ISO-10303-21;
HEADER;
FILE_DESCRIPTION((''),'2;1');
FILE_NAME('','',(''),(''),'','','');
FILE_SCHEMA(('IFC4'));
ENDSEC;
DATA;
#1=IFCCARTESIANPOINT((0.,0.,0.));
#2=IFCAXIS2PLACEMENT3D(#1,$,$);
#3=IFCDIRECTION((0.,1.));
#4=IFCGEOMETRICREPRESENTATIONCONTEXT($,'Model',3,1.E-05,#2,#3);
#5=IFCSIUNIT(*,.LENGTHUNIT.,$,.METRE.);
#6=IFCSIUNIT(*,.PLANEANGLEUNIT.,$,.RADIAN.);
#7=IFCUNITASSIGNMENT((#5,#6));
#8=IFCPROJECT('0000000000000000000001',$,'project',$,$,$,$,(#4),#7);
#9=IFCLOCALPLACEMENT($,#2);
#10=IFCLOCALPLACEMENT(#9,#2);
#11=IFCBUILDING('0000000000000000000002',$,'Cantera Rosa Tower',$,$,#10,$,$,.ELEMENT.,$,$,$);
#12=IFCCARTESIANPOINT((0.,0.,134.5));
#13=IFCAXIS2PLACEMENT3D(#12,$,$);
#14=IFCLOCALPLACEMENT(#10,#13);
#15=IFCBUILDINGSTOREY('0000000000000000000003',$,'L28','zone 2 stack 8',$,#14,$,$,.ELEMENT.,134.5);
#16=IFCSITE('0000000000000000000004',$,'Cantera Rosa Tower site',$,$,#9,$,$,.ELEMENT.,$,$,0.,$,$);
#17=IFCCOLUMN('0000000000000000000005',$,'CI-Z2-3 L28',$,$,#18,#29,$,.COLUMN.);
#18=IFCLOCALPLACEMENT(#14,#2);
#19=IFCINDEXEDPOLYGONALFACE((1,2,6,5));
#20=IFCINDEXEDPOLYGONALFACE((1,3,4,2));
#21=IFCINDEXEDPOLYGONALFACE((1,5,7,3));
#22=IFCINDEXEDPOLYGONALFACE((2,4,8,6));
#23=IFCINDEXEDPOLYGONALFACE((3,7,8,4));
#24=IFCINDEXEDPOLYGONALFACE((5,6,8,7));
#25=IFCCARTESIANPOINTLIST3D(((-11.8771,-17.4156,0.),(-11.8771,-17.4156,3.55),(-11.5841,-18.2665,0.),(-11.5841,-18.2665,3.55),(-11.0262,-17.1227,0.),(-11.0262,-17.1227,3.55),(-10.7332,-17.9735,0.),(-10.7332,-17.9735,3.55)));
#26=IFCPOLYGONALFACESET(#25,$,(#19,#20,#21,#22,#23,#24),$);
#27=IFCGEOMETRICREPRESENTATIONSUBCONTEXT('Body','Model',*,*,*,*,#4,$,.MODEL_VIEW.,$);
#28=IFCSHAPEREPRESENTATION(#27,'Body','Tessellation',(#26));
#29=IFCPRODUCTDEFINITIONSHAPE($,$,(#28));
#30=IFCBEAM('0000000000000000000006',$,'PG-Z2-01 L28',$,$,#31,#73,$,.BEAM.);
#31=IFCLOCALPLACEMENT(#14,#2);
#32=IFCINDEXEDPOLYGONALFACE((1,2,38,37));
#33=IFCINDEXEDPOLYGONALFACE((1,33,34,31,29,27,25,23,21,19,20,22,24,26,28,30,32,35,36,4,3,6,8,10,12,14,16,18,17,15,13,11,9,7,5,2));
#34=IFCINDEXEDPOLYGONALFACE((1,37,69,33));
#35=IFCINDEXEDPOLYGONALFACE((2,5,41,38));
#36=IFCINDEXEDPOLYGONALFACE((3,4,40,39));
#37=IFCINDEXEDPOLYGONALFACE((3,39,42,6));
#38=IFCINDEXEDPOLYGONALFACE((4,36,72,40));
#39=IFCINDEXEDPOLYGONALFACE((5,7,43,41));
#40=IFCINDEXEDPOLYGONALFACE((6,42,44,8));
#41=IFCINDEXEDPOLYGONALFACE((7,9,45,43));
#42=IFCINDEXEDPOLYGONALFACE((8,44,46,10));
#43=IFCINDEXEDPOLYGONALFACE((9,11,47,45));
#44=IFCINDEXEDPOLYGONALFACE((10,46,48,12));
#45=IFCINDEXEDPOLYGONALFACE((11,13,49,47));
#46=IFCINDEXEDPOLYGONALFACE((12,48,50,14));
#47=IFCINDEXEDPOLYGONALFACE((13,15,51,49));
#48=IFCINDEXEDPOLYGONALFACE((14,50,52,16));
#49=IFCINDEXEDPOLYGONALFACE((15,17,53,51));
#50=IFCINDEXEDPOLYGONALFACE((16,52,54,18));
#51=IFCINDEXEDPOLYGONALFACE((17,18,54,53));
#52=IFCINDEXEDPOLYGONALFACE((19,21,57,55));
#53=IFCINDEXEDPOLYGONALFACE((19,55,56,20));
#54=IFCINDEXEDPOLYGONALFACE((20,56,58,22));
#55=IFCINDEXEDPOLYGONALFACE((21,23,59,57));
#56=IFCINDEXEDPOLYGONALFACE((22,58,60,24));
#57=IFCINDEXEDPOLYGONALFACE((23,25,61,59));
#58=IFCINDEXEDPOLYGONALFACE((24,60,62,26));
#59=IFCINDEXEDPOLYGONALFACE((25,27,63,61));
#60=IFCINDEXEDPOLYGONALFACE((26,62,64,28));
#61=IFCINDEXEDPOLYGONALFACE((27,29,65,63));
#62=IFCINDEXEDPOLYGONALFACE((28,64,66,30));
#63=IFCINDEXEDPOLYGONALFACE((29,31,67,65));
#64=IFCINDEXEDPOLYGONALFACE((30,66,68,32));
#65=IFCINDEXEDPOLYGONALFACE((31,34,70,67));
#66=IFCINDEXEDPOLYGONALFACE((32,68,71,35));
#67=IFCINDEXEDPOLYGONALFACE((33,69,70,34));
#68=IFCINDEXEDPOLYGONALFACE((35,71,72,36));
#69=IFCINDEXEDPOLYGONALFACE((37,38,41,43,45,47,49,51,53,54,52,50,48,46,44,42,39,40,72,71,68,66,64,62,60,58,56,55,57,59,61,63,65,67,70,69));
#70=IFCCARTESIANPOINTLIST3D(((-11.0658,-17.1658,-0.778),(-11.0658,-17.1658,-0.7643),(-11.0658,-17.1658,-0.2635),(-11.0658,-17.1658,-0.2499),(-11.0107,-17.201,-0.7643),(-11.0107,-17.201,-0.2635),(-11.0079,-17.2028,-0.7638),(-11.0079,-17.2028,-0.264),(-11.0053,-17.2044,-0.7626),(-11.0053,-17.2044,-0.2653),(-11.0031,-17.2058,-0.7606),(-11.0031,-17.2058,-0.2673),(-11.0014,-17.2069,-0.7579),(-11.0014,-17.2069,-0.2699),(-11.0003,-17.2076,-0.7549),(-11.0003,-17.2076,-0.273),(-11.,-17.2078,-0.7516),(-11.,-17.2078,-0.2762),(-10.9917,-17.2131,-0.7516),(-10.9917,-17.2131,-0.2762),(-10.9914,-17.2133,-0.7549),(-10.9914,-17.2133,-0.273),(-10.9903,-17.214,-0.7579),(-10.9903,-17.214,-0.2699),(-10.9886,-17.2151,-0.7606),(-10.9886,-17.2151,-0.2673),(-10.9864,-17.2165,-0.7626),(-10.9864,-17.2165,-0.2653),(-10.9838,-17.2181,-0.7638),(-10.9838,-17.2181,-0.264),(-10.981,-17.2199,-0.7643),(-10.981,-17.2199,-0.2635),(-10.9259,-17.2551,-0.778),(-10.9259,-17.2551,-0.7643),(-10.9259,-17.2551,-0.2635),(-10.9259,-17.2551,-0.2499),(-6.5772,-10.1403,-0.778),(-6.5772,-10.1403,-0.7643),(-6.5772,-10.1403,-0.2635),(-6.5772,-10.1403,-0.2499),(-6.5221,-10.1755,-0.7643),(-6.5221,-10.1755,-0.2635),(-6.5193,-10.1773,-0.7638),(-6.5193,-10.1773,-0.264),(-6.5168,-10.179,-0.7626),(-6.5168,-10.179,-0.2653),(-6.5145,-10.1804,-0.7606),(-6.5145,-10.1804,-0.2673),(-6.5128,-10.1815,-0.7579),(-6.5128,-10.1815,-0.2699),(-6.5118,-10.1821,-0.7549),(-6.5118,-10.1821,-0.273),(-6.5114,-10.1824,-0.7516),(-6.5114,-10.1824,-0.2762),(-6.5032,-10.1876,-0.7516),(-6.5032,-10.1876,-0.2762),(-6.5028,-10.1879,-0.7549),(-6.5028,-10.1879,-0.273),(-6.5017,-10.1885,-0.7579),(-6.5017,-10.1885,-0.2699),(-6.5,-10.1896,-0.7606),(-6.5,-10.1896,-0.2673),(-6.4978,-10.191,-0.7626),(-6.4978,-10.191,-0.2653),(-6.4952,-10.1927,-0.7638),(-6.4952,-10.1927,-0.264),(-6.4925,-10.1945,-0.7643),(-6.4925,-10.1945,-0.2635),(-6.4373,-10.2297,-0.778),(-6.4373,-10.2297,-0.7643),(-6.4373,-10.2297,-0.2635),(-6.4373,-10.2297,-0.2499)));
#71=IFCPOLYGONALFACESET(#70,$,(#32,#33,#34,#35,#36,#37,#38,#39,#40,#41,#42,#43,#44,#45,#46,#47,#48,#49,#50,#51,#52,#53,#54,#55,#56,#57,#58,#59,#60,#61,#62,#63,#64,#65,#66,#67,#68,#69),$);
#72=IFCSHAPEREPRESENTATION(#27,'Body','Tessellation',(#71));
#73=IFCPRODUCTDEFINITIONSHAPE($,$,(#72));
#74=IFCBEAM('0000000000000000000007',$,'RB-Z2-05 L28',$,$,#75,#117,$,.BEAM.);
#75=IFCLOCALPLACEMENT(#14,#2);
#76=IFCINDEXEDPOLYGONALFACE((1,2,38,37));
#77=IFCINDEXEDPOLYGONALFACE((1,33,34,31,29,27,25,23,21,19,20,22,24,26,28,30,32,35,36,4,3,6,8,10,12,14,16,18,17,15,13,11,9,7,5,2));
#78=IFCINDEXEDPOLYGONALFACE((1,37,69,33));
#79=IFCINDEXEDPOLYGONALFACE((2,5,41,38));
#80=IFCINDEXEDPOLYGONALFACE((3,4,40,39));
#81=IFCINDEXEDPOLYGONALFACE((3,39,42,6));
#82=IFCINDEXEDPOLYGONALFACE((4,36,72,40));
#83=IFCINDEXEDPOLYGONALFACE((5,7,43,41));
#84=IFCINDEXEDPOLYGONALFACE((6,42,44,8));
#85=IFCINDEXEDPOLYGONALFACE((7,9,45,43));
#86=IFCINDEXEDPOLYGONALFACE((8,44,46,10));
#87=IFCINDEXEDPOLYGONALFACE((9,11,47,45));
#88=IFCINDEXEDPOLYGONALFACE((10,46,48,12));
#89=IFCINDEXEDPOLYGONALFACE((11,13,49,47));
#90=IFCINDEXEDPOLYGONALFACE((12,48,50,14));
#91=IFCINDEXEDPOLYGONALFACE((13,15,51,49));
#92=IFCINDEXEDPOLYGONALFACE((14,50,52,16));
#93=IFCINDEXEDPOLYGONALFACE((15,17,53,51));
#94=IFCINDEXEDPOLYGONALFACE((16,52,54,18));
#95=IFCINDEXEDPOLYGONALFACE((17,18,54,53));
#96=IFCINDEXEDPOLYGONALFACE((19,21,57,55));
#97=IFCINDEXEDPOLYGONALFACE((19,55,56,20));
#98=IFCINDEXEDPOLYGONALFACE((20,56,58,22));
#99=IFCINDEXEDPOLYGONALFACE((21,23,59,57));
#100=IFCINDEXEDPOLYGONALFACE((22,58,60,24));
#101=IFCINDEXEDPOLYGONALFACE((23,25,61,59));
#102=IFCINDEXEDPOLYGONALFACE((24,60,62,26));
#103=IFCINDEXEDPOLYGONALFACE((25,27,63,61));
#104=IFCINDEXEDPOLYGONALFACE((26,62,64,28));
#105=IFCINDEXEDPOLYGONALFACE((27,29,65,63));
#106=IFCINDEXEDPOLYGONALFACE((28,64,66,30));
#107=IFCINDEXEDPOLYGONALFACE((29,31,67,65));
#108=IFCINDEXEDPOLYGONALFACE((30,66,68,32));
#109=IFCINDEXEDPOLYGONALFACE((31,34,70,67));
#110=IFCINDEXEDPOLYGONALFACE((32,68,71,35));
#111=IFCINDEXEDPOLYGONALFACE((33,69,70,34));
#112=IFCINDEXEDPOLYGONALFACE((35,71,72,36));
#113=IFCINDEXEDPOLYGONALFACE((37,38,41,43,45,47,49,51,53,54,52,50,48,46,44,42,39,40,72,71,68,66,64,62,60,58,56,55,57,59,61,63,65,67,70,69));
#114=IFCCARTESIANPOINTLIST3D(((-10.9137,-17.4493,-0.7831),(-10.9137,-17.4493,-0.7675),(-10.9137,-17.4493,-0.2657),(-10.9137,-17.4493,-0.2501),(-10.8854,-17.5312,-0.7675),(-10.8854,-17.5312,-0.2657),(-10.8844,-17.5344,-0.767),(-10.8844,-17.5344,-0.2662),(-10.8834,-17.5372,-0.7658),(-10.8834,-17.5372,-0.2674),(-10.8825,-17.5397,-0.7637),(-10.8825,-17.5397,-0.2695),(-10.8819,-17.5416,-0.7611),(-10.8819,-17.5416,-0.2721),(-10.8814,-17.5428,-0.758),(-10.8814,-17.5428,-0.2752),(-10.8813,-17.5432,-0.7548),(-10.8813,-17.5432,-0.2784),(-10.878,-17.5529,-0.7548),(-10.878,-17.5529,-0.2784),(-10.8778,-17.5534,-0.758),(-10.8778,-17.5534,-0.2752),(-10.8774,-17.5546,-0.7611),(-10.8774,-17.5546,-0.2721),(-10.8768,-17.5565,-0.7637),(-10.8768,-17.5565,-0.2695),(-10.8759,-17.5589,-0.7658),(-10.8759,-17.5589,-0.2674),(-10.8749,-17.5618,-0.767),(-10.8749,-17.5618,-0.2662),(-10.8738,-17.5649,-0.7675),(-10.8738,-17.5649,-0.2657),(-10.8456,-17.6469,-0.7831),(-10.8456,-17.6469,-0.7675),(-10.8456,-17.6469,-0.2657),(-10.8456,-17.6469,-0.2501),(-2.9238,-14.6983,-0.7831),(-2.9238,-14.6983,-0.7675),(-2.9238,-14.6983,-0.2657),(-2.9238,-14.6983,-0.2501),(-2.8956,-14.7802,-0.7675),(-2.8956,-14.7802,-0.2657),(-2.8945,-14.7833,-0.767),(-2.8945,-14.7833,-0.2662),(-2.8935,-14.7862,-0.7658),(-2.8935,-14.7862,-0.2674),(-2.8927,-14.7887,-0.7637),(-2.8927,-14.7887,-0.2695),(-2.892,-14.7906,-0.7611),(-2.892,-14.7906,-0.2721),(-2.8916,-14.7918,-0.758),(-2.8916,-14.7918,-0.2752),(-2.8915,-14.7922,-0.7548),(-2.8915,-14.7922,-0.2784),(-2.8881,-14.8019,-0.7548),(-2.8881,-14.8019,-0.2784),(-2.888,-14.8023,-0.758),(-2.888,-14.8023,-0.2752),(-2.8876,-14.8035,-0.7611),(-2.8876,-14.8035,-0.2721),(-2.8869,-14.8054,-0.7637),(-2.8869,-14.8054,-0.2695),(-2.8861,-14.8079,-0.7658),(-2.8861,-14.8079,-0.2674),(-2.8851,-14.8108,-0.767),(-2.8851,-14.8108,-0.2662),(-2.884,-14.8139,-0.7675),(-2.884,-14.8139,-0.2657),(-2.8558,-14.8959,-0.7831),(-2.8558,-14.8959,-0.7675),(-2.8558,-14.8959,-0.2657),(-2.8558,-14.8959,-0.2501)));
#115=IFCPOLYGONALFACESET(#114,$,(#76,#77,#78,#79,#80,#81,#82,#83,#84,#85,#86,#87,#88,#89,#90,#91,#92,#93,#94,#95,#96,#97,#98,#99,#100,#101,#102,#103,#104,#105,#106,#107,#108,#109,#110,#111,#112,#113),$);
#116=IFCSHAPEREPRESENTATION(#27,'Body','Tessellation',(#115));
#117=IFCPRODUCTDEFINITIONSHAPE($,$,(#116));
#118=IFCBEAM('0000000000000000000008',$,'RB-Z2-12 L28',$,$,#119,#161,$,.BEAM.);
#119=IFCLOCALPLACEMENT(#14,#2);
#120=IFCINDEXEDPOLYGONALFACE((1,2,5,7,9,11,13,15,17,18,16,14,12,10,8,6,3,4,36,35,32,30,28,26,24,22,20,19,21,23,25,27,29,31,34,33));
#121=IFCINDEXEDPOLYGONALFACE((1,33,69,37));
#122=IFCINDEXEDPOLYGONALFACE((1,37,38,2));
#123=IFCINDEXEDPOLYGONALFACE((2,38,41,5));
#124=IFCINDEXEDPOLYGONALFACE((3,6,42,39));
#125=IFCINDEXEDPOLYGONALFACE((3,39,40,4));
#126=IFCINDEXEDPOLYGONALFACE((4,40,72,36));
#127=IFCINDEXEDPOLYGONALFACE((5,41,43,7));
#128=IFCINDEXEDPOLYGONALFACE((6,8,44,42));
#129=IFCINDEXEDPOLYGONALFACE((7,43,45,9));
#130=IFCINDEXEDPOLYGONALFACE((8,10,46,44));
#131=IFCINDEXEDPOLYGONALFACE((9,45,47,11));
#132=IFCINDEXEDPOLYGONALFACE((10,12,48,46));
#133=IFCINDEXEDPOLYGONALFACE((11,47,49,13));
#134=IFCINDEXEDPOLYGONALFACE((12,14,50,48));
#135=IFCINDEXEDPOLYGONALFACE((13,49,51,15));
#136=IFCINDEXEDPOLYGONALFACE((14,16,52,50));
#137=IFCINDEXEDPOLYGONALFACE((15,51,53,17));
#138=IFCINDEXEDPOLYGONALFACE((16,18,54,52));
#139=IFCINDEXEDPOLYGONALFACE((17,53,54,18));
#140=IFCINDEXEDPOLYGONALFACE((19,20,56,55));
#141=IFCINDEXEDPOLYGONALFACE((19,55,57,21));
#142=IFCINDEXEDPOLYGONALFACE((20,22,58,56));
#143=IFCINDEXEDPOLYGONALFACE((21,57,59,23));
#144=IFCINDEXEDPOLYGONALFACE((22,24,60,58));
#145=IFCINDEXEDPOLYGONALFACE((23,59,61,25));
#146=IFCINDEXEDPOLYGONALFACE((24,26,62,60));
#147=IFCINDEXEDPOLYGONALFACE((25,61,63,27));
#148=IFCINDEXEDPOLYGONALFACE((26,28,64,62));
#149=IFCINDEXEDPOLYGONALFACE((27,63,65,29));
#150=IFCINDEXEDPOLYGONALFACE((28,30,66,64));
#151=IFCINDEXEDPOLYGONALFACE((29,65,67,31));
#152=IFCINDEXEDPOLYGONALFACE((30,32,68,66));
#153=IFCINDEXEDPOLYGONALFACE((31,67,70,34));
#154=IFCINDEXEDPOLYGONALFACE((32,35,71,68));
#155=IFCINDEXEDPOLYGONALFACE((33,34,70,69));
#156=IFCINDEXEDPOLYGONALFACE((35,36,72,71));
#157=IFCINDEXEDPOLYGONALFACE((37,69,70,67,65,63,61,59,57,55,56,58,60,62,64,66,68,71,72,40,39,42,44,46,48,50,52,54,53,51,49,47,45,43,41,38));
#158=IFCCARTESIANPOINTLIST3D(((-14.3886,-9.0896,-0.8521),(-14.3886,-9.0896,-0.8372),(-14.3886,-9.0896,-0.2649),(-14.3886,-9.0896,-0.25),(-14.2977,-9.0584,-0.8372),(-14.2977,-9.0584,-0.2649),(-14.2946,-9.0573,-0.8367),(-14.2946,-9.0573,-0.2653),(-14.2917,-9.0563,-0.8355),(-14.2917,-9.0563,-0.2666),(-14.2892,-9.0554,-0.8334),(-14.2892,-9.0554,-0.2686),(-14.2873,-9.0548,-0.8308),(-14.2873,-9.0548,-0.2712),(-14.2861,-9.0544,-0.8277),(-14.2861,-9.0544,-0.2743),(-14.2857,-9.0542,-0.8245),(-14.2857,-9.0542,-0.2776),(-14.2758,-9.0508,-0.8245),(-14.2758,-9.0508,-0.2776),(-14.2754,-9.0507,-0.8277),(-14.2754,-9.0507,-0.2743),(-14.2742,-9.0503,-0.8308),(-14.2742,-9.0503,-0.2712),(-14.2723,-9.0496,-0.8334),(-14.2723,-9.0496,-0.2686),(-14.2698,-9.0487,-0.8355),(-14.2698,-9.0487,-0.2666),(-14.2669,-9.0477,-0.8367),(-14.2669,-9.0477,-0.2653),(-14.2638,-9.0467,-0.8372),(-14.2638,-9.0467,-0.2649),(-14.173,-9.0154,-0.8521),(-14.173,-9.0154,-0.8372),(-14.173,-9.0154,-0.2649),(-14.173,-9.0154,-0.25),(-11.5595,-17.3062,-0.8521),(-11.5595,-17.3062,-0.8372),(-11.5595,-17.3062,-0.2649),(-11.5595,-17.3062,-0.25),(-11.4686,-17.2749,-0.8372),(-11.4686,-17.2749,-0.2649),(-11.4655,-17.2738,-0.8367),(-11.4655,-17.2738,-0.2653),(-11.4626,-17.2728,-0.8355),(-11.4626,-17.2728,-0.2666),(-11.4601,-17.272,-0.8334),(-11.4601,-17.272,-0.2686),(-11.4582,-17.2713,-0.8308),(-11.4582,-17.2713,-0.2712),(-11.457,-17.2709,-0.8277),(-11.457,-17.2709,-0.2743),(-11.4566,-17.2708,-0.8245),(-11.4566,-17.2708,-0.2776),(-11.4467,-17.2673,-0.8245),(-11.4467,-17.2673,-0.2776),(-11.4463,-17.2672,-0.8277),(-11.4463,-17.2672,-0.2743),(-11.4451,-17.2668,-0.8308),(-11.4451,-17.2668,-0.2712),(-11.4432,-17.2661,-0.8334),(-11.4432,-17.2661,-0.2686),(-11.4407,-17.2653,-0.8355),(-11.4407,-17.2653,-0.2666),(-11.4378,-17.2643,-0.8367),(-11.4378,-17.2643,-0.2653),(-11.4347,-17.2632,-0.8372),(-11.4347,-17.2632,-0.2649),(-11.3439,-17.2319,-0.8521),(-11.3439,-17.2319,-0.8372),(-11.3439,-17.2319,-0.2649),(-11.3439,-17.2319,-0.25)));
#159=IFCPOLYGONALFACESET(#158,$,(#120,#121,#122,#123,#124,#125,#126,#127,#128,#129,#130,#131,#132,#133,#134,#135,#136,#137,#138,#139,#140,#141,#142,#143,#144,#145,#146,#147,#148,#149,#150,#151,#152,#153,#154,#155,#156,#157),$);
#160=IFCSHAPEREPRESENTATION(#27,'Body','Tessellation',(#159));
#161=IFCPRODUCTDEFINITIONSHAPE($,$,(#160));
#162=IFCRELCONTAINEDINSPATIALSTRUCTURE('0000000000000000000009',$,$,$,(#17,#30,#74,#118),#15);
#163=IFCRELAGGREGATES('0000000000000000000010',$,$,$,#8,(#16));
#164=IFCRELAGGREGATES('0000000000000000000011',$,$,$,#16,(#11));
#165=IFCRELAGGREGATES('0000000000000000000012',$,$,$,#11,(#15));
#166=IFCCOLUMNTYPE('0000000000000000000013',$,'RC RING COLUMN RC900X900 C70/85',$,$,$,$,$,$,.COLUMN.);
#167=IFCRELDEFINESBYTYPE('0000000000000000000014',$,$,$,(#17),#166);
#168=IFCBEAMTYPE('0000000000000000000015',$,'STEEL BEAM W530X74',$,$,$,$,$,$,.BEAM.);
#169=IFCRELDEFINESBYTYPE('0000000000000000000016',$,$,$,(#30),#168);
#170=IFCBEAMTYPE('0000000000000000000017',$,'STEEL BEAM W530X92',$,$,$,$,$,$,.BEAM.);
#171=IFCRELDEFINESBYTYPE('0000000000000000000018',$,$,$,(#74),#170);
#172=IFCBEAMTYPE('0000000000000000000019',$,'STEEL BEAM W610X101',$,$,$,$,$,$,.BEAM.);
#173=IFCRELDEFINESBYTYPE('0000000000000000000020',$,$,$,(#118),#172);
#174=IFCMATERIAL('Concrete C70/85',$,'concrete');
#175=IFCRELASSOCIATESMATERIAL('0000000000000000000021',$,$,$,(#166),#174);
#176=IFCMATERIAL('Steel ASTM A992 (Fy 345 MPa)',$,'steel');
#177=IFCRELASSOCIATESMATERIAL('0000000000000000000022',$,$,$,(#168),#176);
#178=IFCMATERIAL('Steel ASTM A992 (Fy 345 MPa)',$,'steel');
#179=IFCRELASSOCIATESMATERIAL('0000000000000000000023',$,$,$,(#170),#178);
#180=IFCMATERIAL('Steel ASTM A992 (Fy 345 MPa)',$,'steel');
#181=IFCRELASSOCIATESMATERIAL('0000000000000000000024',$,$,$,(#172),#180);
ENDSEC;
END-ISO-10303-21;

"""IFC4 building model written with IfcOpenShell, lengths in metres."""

from ifc_helpers import new_model, si_unit, direction, frame, origin, origin_2d, place, context, subcontext, project, spatial, rectangle, i_section, extrude, material, material_profile, profile_set, type_object, element, save


model = new_model("IFC4")

# Units and contexts
model_context = context("Model", 3, precision=1e-05, world=origin(), true_north=direction((0.0, 1.0)))
body_context = subcontext(model_context, "Body", "Model", "MODEL_VIEW")
ifc_project = project(units=[si_unit("LENGTHUNIT", "METRE"), si_unit("PLANEANGLEUNIT", "RADIAN")], contexts=[model_context])

# Site, building, storey
site_placement = place(None, origin())
site = spatial("IfcSite", under=ifc_project, at=site_placement, Name="Cantera Rosa Tower site", CompositionType="ELEMENT", RefElevation=0.0)
building_placement = place(site_placement, origin())
building = spatial("IfcBuilding", under=site, at=building_placement, Name="Cantera Rosa Tower", CompositionType="ELEMENT")
storey_placement = place(building_placement, frame((0.0, 0.0, 134.5)))
storey = spatial("IfcBuildingStorey", under=building, at=storey_placement, Name="L28", Description="zone 2 stack 8", CompositionType="ELEMENT", Elevation=134.5)

# Column
ifc_material_1 = material(Name="Concrete C70/85", Category="concrete")
ifc_material_profile_1 = material_profile(ifc_material_1, rectangle(XDim=0.8999, YDim=0.8999, at=origin_2d()), Name="RC RING COLUMN RC900X900 C70/85")
ifc_profile_set_1 = profile_set([ifc_material_profile_1], Name="Concrete C70/85")
column_type = type_object("IfcColumnType", Name="RC RING COLUMN RC900X900 C70/85", PredefinedType="COLUMN", material=ifc_profile_set_1)
column_placement = place(storey_placement, frame((-11.3052, -17.6946, 0.0), z_axis=(0.0, 0.0, 1.0), x_axis=(0.945519, 0.325568, 0.0)))
element("IfcColumn", 1, at=column_placement, inside=storey, type_object=column_type, Name="CI-Z2-3 L28", PredefinedType="COLUMN", context=body_context, shape_type="SweptSolid", body=[
    extrude(rectangle(XDim=0.8999, YDim=0.8999, at=origin_2d()), origin(), (0.0, 0.0, 1.0), 3.55),
])

# Beams
ifc_material_2 = material(Name="Steel ASTM A992 (Fy 345 MPa)", Category="steel")
ifc_material_profile_2 = material_profile(ifc_material_2, i_section(OverallWidth=0.166, OverallDepth=0.5281, WebThickness=0.0098, FlangeThickness=0.0137, FilletRadius=0.0127, at=origin_2d()), Name="W530X74")
ifc_profile_set_2 = profile_set([ifc_material_profile_2], Name="Steel ASTM A992 (Fy 345 MPa)")
beam_type_1 = type_object("IfcBeamType", Name="STEEL BEAM W530X74", PredefinedType="BEAM", material=ifc_profile_set_2)
beam_1_placement = place(storey_placement, frame((-10.9958, -17.2104, -0.5139), z_axis=(0.538396, 0.842692, 0.0), x_axis=(-0.842692, 0.538396, 0.0)))
element("IfcBeam", 2, at=beam_1_placement, inside=storey, type_object=beam_type_1, Name="PG-Z2-01 L28", PredefinedType="BEAM", context=body_context, shape_type="SweptSolid", body=[
    extrude(i_section(OverallWidth=0.166, OverallDepth=0.5281, WebThickness=0.0098, FlangeThickness=0.0137, FilletRadius=0.0127, at=origin_2d()), origin(), (0.0, 0.0, 1.0), 8.3369),
])
ifc_material_3 = material(Name="Steel ASTM A992 (Fy 345 MPa)", Category="steel")
ifc_material_profile_3 = material_profile(ifc_material_3, i_section(OverallWidth=0.209, OverallDepth=0.533, WebThickness=0.0103, FlangeThickness=0.0156, FilletRadius=0.0127, at=origin_2d()), Name="W530X92")
ifc_profile_set_3 = profile_set([ifc_material_profile_3], Name="Steel ASTM A992 (Fy 345 MPa)")
beam_type_2 = type_object("IfcBeamType", Name="STEEL BEAM W530X92", PredefinedType="BEAM", material=ifc_profile_set_3)
beam_2_placement = place(storey_placement, frame((-10.8796, -17.5481, -0.5166), z_axis=(0.945523, 0.325556, 0.0), x_axis=(-0.325556, 0.945523, 0.0)))
element("IfcBeam", 3, at=beam_2_placement, inside=storey, type_object=beam_type_2, Name="RB-Z2-05 L28", PredefinedType="BEAM", context=body_context, shape_type="SweptSolid", body=[
    extrude(i_section(OverallWidth=0.209, OverallDepth=0.533, WebThickness=0.0103, FlangeThickness=0.0156, FilletRadius=0.0127, at=origin_2d()), origin(), (0.0, 0.0, 1.0), 8.4502),
])
ifc_material_4 = material(Name="Steel ASTM A992 (Fy 345 MPa)", Category="steel")
ifc_material_profile_4 = material_profile(ifc_material_4, i_section(OverallWidth=0.228, OverallDepth=0.6021, WebThickness=0.0105, FlangeThickness=0.0149, FilletRadius=0.0127, at=origin_2d()), Name="W610X101")
ifc_profile_set_4 = profile_set([ifc_material_profile_4], Name="Steel ASTM A992 (Fy 345 MPa)")
beam_type_3 = type_object("IfcBeamType", Name="STEEL BEAM W610X101", PredefinedType="BEAM", material=ifc_profile_set_4)
beam_3_placement = place(storey_placement, frame((-11.4517, -17.269, -0.551), z_axis=(-0.325559, 0.945522, 0.0), x_axis=(-0.945522, -0.325559, 0.0)))
element("IfcBeam", 4, at=beam_3_placement, inside=storey, type_object=beam_type_3, Name="RB-Z2-12 L28", PredefinedType="BEAM", context=body_context, shape_type="SweptSolid", body=[
    extrude(i_section(OverallWidth=0.228, OverallDepth=0.6021, WebThickness=0.0105, FlangeThickness=0.0149, FilletRadius=0.0127, at=origin_2d()), origin(), (0.0, 0.0, 1.0), 8.6899),
])

save(model, "model.ifc")
